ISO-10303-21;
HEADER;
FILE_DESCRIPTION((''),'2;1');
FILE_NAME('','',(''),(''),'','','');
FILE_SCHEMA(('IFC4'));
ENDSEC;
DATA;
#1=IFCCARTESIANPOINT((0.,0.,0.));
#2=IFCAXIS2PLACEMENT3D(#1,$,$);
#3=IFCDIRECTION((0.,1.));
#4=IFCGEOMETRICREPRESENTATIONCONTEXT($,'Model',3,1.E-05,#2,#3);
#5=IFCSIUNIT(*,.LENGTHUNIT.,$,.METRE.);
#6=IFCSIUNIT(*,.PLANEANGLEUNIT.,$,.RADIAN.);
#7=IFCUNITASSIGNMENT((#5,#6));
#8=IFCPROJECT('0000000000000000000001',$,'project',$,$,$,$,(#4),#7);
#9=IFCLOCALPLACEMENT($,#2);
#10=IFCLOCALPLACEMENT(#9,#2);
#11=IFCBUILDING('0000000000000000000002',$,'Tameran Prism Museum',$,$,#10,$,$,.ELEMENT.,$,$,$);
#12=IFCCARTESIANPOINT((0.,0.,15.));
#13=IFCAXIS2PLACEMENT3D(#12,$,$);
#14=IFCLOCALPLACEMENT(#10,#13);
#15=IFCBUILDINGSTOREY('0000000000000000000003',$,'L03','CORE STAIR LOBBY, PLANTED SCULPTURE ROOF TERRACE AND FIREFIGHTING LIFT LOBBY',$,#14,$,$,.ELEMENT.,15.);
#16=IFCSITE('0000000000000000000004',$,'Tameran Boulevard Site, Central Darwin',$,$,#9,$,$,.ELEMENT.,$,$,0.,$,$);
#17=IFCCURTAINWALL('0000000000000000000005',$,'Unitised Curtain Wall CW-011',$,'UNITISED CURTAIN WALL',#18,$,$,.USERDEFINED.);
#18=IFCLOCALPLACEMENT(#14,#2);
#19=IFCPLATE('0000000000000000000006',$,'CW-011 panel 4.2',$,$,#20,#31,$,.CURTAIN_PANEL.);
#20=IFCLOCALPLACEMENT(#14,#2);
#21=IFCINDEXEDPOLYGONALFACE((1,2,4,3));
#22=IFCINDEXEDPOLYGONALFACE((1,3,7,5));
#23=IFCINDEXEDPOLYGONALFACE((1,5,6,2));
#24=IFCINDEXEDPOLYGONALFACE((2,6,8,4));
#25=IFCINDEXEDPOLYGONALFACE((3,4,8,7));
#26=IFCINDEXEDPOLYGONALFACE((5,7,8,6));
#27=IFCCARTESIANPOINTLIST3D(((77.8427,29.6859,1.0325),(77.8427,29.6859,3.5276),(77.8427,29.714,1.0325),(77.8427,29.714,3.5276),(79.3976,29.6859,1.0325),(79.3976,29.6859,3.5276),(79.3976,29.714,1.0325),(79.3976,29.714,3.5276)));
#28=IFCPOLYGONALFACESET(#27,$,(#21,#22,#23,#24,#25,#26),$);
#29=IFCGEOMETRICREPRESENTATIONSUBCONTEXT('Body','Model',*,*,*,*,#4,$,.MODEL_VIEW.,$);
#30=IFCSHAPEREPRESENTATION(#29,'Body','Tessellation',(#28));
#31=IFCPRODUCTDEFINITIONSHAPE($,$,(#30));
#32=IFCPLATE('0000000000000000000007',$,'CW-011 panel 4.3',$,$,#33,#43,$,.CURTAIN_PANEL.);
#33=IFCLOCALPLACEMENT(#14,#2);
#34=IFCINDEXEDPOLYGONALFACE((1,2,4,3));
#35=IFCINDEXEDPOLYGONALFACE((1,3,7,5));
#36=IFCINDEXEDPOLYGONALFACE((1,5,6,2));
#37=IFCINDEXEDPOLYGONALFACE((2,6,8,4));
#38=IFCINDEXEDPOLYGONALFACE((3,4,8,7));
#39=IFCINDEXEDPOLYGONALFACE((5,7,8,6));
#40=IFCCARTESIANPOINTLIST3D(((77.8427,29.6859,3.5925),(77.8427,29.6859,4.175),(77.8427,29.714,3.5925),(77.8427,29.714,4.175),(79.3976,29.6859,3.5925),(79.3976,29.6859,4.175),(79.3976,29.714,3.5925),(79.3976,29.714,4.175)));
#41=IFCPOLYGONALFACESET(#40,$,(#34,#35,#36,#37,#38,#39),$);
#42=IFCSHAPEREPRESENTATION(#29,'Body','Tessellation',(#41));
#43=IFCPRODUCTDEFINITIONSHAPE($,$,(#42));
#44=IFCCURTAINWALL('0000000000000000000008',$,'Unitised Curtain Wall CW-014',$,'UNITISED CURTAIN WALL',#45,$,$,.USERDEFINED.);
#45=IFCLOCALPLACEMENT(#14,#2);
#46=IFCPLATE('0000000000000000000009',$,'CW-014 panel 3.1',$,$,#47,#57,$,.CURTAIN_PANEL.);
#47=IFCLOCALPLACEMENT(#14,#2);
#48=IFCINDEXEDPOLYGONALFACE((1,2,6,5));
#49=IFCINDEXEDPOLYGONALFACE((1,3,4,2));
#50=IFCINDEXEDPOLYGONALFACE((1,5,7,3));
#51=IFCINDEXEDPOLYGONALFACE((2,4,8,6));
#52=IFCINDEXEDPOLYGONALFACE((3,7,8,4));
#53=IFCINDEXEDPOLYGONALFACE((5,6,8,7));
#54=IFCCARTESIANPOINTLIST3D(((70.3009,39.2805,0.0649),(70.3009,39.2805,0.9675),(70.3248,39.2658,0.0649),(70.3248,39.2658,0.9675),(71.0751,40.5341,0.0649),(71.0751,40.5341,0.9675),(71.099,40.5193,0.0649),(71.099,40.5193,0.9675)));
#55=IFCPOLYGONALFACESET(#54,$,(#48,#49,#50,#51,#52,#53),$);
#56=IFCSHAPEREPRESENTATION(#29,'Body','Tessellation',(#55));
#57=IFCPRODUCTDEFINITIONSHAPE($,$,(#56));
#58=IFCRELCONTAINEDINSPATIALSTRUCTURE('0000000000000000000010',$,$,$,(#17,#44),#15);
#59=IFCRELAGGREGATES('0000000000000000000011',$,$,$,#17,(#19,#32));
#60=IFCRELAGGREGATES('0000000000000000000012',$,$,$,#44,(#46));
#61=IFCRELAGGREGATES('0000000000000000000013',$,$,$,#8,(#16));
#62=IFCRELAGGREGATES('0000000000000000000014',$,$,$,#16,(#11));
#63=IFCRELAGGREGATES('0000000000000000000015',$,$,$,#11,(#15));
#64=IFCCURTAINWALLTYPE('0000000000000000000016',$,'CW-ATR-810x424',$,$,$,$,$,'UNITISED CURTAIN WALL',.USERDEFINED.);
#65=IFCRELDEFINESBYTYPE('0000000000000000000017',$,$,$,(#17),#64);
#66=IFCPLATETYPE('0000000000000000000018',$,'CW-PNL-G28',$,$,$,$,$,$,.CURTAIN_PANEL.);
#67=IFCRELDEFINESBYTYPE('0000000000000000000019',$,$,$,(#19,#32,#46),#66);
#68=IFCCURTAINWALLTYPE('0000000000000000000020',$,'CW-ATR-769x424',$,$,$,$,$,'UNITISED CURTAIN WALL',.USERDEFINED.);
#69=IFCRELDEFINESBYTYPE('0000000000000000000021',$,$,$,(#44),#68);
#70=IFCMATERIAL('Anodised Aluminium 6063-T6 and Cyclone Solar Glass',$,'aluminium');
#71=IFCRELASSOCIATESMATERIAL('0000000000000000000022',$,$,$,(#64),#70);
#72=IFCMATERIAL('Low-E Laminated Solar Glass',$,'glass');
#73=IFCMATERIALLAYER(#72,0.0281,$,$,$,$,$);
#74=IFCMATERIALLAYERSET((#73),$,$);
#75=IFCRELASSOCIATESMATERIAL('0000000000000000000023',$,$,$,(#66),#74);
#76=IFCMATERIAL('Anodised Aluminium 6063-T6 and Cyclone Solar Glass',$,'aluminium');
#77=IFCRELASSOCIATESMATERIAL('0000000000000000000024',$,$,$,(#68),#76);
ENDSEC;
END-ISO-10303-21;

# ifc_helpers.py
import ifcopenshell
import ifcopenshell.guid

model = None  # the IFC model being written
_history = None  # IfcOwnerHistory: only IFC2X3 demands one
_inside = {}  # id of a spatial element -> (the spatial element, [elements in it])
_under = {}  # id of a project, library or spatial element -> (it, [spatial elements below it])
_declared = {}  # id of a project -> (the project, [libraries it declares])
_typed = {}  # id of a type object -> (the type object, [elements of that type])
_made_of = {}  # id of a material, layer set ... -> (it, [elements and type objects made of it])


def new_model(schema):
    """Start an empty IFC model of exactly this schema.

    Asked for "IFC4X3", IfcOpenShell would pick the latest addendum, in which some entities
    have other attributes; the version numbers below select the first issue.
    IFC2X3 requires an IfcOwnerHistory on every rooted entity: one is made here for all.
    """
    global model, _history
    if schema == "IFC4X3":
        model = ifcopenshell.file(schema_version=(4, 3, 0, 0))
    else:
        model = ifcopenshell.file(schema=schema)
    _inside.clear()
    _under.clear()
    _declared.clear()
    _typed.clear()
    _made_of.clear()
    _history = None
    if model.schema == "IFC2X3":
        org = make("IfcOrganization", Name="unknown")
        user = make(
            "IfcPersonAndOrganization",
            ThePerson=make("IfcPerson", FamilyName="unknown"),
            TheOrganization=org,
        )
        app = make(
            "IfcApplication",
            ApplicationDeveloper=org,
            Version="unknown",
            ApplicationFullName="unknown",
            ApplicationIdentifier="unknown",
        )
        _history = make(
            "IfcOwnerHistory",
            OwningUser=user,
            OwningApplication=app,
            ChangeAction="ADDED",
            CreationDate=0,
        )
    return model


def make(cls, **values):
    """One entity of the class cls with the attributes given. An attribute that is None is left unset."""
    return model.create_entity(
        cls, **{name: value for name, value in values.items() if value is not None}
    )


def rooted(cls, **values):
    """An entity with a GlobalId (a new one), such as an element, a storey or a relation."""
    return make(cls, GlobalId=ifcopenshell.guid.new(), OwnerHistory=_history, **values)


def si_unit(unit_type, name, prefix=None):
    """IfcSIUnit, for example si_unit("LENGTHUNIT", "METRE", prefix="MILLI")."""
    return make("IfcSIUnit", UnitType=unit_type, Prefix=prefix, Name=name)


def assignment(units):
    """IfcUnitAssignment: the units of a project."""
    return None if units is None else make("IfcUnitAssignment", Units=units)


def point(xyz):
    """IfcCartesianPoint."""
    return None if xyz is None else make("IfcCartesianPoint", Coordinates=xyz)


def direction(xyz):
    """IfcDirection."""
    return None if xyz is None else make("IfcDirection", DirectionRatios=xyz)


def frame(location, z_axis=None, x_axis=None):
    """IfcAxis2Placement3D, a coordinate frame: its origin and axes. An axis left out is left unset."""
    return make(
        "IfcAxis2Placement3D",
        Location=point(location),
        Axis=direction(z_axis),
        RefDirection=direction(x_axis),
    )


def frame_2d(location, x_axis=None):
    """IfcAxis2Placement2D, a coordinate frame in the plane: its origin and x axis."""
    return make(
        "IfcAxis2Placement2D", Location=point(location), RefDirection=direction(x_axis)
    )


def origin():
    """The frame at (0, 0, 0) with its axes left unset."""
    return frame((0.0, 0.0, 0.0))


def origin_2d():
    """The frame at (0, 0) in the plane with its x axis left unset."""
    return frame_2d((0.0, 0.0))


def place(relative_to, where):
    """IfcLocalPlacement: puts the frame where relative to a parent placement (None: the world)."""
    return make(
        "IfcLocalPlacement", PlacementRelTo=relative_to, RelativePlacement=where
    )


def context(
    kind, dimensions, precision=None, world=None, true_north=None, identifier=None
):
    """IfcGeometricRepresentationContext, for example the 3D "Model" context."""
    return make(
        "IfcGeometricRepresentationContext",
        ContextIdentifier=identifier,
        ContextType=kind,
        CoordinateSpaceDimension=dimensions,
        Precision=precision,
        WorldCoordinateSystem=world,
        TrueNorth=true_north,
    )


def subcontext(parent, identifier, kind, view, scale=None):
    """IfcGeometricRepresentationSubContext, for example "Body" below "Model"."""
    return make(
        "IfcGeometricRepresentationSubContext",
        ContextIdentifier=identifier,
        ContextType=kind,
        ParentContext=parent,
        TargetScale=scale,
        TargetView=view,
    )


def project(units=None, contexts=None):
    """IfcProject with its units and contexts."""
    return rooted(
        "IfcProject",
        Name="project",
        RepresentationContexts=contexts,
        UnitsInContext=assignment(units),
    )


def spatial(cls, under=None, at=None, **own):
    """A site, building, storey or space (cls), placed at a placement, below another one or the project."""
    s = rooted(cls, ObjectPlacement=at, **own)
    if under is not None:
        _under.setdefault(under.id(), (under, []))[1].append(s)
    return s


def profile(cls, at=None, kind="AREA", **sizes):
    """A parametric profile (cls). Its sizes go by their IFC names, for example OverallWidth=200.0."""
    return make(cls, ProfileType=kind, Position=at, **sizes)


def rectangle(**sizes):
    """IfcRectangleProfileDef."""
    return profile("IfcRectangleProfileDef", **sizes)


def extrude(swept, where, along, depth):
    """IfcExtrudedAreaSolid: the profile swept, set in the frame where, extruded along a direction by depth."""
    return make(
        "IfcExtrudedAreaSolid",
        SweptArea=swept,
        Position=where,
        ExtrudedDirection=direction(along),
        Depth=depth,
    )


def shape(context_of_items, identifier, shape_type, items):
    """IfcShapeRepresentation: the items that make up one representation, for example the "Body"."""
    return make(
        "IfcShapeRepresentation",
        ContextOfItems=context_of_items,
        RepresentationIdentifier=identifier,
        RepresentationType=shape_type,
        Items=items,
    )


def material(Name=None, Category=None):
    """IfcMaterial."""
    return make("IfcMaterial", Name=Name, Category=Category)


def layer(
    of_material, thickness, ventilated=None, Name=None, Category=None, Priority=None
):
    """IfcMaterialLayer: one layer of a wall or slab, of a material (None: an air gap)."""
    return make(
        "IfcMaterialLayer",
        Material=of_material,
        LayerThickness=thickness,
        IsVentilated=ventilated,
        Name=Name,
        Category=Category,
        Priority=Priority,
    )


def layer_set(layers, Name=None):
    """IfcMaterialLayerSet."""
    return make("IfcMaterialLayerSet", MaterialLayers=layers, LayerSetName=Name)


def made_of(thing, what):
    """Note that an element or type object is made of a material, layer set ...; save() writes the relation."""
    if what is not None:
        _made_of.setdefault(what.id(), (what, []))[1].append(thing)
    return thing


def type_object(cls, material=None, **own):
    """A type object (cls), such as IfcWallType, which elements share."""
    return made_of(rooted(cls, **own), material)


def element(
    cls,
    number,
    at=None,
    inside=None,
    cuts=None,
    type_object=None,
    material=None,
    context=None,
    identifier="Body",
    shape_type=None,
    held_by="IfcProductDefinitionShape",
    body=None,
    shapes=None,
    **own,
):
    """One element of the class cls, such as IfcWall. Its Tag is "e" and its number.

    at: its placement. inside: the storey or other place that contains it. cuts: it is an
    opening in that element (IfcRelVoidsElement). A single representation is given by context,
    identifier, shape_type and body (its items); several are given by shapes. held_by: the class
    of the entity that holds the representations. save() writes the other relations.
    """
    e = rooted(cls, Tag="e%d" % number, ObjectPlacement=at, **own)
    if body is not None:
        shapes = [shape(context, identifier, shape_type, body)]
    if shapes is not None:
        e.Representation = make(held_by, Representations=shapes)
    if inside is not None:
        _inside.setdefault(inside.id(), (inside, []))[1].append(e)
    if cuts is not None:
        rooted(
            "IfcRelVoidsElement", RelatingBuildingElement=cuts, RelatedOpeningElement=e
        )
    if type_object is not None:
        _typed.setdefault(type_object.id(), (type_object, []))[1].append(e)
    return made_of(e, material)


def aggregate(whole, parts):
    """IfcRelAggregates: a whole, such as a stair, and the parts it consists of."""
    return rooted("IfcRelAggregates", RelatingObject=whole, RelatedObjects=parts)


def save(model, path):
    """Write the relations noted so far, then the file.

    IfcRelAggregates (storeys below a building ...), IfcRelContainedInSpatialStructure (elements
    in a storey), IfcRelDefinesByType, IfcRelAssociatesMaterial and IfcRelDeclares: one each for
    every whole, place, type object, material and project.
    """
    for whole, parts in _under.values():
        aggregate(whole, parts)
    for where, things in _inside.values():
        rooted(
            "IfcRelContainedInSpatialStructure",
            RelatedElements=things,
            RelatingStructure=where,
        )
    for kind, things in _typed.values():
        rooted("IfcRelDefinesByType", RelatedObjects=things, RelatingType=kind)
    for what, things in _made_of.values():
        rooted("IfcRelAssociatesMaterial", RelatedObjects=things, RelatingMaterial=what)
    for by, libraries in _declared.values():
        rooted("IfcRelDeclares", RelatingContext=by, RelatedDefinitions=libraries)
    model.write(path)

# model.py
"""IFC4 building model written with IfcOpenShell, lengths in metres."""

from ifc_helpers import new_model, si_unit, direction, frame, origin, origin_2d, place, context, subcontext, project, spatial, rectangle, extrude, material, layer, layer_set, type_object, element, aggregate, save


model = new_model("IFC4")

# Units and contexts
model_context = context("Model", 3, precision=1e-05, world=origin(), true_north=direction((0.0, 1.0)))
body_context = subcontext(model_context, "Body", "Model", "MODEL_VIEW")
ifc_project = project(units=[si_unit("LENGTHUNIT", "METRE"), si_unit("PLANEANGLEUNIT", "RADIAN")], contexts=[model_context])

# Site, building, storey
site_placement = place(None, origin())
site = spatial("IfcSite", under=ifc_project, at=site_placement, Name="Tameran Boulevard Site, Central Darwin", CompositionType="ELEMENT", RefElevation=0.0)
building_placement = place(site_placement, origin())
building = spatial("IfcBuilding", under=site, at=building_placement, Name="Tameran Prism Museum", CompositionType="ELEMENT")
storey_placement = place(building_placement, frame((0.0, 0.0, 15.0)))
storey = spatial("IfcBuildingStorey", under=building, at=storey_placement, Name="L03", Description="CORE STAIR LOBBY, PLANTED SCULPTURE ROOF TERRACE AND FIREFIGHTING LIFT LOBBY", CompositionType="ELEMENT", Elevation=15.0)

# Curtain wall, plates
ifc_material_1 = material(Name="Anodised Aluminium 6063-T6 and Cyclone Solar Glass", Category="aluminium")
curtain_wall_type_1 = type_object("IfcCurtainWallType", Name="CW-ATR-810x424", ElementType="UNITISED CURTAIN WALL", PredefinedType="USERDEFINED", material=ifc_material_1)
curtain_wall_1_placement = place(storey_placement, origin())
curtain_wall_1 = element("IfcCurtainWall", 1, at=curtain_wall_1_placement, inside=storey, type_object=curtain_wall_type_1, Name="Unitised Curtain Wall CW-011", ObjectType="UNITISED CURTAIN WALL", PredefinedType="USERDEFINED")
ifc_material_2 = material(Name="Low-E Laminated Solar Glass", Category="glass")
ifc_layer_1 = layer(ifc_material_2, 0.0281)
ifc_layer_set_1 = layer_set([ifc_layer_1])
plate_type = type_object("IfcPlateType", Name="CW-PNL-G28", PredefinedType="CURTAIN_PANEL", material=ifc_layer_set_1)
plate_1_placement = place(storey_placement, frame((78.6201, 29.7, 1.0325), z_axis=(0.0, 0.0, 1.0), x_axis=(1.0, 0.0, 0.0)))
plate_1 = element("IfcPlate", 2, at=plate_1_placement, type_object=plate_type, Name="CW-011 panel 4.2", PredefinedType="CURTAIN_PANEL", context=body_context, shape_type="SweptSolid", body=[
    extrude(rectangle(XDim=1.5549, YDim=0.0281, at=origin_2d()), origin(), (0.0, 0.0, 1.0), 2.4951),
])
plate_2_placement = place(storey_placement, frame((78.6201, 29.7, 3.5925), z_axis=(0.0, 0.0, 1.0), x_axis=(1.0, 0.0, 0.0)))
plate_2 = element("IfcPlate", 3, at=plate_2_placement, type_object=plate_type, Name="CW-011 panel 4.3", PredefinedType="CURTAIN_PANEL", context=body_context, shape_type="SweptSolid", body=[
    extrude(rectangle(XDim=1.5549, YDim=0.0281, at=origin_2d()), origin(), (0.0, 0.0, 1.0), 0.5825),
])
aggregate(curtain_wall_1, [plate_1, plate_2])

# Curtain wall, plate
ifc_material_3 = material(Name="Anodised Aluminium 6063-T6 and Cyclone Solar Glass", Category="aluminium")
curtain_wall_type_2 = type_object("IfcCurtainWallType", Name="CW-ATR-769x424", ElementType="UNITISED CURTAIN WALL", PredefinedType="USERDEFINED", material=ifc_material_3)
curtain_wall_2_placement = place(storey_placement, origin())
curtain_wall_2 = element("IfcCurtainWall", 4, at=curtain_wall_2_placement, inside=storey, type_object=curtain_wall_type_2, Name="Unitised Curtain Wall CW-014", ObjectType="UNITISED CURTAIN WALL", PredefinedType="USERDEFINED")
plate_3_placement = place(storey_placement, frame((70.7, 39.8999, 0.0649), z_axis=(0.0, 0.0, 1.0), x_axis=(-0.525504, -0.850791, 0.0)))
plate_3 = element("IfcPlate", 5, at=plate_3_placement, type_object=plate_type, Name="CW-014 panel 3.1", PredefinedType="CURTAIN_PANEL", context=body_context, shape_type="SweptSolid", body=[
    extrude(rectangle(XDim=1.4734, YDim=0.0281, at=origin_2d()), origin(), (0.0, 0.0, 1.0), 0.9026),
])
aggregate(curtain_wall_2, [plate_3])

save(model, "model.ifc")
